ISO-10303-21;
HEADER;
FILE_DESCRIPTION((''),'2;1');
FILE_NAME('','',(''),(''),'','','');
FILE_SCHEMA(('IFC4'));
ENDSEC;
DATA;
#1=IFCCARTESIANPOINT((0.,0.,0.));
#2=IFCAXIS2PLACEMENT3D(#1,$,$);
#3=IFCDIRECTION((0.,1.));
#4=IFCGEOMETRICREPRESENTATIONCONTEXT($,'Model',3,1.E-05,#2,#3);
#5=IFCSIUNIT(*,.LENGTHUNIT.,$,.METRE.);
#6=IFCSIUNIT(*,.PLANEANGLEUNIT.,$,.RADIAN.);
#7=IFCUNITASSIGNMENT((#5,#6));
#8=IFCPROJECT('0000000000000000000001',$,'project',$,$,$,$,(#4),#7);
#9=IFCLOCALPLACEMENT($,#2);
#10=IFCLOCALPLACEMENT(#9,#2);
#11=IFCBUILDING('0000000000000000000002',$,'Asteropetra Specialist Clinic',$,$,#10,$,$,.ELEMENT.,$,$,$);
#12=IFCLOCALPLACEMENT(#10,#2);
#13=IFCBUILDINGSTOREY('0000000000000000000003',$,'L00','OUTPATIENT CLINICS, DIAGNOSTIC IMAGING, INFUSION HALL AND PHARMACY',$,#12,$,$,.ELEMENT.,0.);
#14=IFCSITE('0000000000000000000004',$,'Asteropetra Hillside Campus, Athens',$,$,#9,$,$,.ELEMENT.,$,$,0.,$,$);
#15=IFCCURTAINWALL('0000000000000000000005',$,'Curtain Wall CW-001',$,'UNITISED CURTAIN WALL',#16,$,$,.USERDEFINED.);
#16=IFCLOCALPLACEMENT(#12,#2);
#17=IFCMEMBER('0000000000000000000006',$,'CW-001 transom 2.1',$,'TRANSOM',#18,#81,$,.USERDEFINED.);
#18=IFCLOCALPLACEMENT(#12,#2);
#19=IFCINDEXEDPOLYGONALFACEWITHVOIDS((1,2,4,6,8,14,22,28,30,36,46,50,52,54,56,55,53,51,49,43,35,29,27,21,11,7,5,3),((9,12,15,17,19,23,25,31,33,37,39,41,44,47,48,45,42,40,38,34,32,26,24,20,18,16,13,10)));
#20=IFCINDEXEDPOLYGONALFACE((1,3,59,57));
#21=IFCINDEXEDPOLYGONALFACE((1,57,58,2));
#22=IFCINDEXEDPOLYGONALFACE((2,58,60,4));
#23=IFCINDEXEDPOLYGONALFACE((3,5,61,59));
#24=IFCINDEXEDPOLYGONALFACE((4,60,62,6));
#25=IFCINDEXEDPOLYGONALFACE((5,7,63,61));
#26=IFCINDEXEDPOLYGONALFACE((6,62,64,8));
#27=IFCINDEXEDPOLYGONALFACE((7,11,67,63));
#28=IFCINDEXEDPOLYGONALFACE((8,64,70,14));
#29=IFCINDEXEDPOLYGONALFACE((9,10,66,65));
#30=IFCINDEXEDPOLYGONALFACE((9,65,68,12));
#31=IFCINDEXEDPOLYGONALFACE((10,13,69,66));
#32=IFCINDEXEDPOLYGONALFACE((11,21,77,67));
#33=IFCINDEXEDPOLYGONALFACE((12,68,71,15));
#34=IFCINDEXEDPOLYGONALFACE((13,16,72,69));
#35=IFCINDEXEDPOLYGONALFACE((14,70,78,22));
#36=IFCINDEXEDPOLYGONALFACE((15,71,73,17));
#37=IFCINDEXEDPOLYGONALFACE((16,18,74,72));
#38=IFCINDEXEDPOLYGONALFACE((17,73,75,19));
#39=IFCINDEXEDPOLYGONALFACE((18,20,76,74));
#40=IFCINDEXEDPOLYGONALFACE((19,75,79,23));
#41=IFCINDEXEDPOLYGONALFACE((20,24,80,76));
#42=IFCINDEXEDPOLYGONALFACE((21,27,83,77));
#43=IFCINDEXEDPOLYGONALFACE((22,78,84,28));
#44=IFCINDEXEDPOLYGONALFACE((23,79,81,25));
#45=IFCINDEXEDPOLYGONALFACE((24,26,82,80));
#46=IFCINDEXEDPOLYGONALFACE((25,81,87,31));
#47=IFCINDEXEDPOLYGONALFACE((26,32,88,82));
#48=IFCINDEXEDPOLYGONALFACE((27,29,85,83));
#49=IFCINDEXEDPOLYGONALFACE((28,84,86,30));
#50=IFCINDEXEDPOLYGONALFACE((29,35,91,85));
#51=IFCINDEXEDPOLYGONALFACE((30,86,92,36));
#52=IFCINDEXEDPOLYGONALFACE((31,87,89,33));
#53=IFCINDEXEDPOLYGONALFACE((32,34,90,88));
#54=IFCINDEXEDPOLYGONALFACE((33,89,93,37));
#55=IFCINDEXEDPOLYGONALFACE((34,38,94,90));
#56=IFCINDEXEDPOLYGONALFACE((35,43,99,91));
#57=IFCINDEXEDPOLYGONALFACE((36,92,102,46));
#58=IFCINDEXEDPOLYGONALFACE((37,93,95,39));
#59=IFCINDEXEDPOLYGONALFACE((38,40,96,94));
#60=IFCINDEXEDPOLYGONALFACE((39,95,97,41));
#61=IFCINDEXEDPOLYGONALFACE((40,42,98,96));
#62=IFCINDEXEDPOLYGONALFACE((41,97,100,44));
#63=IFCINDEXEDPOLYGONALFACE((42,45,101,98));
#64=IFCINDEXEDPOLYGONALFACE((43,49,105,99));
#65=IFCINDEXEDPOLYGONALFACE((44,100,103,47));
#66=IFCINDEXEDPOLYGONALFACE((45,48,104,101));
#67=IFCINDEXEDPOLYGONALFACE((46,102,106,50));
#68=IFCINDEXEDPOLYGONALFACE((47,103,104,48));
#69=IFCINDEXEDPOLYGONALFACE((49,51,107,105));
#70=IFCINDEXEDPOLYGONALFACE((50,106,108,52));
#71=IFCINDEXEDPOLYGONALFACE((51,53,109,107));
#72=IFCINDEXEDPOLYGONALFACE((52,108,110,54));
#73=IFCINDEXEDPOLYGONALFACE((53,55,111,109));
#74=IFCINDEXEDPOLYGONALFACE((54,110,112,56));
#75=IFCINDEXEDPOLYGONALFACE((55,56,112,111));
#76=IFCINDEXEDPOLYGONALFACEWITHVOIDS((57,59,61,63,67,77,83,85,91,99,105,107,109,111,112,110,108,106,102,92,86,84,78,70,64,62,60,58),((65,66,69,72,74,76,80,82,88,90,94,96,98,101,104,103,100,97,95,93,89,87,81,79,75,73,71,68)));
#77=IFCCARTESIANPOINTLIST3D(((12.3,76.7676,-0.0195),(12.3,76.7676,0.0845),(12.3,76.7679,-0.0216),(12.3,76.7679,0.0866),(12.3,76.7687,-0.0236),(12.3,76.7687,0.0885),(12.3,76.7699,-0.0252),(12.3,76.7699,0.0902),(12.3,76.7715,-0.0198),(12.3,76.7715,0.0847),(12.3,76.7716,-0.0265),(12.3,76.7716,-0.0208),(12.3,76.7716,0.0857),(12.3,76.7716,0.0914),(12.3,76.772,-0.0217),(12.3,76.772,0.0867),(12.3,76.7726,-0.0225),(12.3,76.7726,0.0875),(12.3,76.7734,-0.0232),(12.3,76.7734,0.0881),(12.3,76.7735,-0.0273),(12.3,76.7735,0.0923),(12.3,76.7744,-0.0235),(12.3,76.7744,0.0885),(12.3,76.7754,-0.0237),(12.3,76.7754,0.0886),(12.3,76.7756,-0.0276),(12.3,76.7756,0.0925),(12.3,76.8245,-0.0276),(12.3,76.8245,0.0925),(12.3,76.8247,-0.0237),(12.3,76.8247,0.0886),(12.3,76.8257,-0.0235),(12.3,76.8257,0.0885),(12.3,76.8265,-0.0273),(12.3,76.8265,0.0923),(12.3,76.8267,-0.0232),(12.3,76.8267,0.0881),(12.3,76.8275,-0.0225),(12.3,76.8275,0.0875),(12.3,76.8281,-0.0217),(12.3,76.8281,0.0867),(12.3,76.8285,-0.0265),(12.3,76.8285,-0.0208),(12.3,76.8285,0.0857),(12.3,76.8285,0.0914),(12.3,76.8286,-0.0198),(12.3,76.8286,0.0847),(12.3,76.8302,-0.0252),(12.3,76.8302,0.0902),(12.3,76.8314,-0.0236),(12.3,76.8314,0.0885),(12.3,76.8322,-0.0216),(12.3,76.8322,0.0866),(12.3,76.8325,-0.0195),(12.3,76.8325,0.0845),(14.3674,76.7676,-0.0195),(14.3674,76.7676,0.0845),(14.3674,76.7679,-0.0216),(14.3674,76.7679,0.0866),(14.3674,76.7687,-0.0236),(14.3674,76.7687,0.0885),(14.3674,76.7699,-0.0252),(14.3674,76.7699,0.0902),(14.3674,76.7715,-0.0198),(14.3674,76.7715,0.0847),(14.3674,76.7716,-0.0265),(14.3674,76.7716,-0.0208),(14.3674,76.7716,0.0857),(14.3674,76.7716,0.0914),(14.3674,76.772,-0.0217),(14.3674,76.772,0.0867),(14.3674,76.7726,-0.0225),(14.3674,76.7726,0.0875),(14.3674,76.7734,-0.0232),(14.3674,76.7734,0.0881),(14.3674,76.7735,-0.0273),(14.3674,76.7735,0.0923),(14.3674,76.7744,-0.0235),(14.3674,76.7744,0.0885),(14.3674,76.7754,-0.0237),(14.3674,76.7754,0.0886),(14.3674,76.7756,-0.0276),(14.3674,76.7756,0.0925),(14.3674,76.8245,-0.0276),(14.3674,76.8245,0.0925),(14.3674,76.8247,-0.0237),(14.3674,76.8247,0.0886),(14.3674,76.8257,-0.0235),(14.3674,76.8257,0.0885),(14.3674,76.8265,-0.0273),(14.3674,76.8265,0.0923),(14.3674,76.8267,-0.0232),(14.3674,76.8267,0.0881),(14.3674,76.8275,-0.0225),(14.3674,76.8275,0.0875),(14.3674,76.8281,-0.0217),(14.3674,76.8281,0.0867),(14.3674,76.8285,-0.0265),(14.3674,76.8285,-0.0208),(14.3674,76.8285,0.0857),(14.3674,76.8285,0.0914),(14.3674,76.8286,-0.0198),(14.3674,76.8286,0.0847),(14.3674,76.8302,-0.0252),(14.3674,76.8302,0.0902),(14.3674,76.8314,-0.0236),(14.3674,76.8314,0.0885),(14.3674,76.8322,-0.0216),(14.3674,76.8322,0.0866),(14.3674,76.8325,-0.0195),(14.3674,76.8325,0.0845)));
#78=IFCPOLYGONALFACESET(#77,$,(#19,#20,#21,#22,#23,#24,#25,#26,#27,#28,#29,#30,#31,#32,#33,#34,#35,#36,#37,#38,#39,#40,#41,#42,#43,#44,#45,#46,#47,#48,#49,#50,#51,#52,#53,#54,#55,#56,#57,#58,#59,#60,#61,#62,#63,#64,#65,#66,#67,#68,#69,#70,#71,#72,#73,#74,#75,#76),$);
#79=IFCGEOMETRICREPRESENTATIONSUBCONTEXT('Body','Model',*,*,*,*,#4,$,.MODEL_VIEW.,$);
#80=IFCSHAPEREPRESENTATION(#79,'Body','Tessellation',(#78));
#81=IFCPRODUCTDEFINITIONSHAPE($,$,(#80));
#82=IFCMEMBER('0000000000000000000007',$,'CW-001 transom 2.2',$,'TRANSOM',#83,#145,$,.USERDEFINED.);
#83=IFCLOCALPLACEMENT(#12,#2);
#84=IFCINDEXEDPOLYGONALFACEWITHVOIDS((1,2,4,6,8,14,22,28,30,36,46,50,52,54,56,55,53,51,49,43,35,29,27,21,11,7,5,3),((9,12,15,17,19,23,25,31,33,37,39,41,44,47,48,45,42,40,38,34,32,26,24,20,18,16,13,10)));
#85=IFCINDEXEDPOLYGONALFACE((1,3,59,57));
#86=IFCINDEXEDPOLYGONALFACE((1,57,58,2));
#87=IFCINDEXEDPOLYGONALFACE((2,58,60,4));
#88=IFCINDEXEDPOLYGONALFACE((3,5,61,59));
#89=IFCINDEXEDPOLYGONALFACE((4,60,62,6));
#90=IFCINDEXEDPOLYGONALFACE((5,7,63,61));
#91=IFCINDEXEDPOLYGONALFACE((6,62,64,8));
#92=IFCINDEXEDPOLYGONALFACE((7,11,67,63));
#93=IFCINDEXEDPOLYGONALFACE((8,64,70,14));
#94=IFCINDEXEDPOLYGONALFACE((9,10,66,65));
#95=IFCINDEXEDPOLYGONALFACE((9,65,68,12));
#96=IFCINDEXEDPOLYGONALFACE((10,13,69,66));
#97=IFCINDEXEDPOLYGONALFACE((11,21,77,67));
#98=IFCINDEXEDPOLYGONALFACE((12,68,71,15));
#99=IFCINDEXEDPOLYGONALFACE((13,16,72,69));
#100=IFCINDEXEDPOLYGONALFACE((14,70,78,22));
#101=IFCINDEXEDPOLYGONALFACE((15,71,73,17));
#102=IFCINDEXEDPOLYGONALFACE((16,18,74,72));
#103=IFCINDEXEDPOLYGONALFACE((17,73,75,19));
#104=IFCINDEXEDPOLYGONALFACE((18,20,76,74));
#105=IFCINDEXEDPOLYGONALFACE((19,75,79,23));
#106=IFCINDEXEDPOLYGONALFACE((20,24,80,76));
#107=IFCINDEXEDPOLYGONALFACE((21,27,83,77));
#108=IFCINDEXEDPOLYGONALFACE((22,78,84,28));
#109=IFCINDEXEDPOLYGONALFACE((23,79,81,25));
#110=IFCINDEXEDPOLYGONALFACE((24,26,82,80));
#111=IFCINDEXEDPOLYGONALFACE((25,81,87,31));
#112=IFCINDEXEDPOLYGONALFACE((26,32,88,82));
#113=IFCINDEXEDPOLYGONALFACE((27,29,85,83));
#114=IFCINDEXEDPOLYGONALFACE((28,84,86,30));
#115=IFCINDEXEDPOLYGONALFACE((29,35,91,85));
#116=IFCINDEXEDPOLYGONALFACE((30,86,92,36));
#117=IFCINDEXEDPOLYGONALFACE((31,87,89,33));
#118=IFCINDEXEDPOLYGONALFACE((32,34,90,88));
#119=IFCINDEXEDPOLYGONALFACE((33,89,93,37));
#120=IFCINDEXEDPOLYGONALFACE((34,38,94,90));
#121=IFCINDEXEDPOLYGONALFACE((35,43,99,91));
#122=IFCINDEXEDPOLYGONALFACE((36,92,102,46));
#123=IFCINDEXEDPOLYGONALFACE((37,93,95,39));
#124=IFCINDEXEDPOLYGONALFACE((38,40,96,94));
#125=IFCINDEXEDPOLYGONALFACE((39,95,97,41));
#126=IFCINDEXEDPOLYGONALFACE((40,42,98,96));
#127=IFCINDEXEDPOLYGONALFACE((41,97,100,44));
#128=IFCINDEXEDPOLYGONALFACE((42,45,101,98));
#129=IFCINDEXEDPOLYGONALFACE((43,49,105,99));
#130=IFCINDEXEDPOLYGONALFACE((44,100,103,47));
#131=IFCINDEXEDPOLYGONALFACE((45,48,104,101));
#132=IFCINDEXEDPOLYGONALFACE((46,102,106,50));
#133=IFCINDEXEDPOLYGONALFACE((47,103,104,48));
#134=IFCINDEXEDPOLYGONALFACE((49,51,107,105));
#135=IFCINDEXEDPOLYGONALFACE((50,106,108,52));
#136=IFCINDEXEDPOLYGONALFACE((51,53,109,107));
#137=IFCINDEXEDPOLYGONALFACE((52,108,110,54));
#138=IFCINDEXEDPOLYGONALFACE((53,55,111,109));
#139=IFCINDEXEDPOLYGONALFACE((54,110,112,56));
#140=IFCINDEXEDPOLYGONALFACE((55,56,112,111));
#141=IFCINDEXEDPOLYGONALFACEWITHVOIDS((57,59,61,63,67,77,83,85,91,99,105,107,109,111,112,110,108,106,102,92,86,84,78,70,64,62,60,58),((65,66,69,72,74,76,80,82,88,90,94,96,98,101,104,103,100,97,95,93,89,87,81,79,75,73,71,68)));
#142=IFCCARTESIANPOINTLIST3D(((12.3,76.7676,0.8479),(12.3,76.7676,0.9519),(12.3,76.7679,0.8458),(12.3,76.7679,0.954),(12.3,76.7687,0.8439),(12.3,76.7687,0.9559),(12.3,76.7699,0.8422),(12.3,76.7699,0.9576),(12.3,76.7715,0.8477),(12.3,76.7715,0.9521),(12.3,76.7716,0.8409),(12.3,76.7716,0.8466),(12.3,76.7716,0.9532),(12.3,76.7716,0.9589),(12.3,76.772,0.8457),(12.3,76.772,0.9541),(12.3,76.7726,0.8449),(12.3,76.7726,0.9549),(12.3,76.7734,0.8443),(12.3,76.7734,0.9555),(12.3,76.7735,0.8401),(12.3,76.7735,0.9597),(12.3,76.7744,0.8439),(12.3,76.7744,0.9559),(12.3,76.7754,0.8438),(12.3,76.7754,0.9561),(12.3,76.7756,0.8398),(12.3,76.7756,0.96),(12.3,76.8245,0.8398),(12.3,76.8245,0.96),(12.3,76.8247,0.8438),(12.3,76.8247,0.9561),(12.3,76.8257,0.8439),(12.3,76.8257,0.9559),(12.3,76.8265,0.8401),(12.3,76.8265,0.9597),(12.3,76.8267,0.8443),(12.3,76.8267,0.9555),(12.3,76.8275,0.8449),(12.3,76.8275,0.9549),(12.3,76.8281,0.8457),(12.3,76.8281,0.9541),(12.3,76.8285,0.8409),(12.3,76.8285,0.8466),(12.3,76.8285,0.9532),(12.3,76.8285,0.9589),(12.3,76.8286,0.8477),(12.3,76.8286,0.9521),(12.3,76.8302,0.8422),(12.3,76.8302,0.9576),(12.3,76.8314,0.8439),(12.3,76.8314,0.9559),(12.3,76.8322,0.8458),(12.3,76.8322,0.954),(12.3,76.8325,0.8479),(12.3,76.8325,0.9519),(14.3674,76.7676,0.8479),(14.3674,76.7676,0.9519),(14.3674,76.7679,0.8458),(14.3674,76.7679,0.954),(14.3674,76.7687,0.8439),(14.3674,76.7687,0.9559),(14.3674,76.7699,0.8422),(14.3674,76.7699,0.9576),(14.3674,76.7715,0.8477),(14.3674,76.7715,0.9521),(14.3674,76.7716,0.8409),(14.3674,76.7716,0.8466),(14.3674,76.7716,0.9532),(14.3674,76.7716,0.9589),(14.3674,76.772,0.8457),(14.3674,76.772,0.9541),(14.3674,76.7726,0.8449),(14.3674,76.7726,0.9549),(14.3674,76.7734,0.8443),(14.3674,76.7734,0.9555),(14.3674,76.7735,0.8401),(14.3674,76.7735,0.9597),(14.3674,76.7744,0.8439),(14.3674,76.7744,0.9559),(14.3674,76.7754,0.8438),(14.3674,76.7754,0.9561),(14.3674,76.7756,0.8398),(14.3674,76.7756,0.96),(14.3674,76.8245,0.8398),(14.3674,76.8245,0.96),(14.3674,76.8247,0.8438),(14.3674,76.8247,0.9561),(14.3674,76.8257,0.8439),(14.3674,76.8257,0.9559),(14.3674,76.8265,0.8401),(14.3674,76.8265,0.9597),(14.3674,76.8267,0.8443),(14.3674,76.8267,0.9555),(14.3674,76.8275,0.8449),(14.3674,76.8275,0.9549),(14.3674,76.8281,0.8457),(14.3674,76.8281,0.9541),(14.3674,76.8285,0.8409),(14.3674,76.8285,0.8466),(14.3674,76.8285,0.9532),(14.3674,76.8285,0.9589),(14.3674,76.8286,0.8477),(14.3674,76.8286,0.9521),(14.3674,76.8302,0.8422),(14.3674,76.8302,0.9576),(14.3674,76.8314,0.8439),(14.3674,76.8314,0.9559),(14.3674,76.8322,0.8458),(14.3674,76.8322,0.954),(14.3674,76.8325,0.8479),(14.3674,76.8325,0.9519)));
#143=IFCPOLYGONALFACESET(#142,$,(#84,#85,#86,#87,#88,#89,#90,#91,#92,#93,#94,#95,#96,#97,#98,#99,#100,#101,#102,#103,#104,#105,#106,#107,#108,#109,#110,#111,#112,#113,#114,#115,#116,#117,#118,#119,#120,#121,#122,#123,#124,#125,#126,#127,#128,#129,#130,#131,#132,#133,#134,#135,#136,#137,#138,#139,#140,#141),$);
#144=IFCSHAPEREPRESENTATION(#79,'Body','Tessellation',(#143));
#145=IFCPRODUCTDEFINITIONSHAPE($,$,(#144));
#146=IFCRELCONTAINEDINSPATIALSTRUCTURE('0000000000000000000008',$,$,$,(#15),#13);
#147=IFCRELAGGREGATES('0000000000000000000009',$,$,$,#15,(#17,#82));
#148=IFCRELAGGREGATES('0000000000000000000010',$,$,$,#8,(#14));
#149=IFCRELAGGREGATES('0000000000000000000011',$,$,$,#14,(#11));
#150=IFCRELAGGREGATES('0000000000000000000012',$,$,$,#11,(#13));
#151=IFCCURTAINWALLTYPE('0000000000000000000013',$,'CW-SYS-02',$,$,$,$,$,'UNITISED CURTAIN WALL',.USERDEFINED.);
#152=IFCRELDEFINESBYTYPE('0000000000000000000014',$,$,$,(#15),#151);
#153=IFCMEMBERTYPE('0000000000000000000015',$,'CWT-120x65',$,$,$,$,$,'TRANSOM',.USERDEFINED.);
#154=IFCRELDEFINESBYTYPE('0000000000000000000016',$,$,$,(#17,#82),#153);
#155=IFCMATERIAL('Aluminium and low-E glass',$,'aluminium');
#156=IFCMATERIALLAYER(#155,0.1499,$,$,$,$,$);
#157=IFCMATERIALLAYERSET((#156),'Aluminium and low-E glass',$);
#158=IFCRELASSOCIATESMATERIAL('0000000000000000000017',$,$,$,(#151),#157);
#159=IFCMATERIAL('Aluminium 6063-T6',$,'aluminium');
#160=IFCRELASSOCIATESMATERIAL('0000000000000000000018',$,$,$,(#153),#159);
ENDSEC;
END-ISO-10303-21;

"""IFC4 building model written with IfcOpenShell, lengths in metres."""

from ifc_helpers import new_model, si_unit, direction, frame, origin, origin_2d, place, context, subcontext, project, spatial, hollow_rectangle, extrude, material, layer, layer_set, material_profile, profile_set, type_object, element, aggregate, save


model = new_model("IFC4")

# Units and contexts
model_context = context("Model", 3, precision=1e-05, world=origin(), true_north=direction((0.0, 1.0)))
body_context = subcontext(model_context, "Body", "Model", "MODEL_VIEW")
ifc_project = project(units=[si_unit("LENGTHUNIT", "METRE"), si_unit("PLANEANGLEUNIT", "RADIAN")], contexts=[model_context])

# Site, building, storey
site_placement = place(None, origin())
site = spatial("IfcSite", under=ifc_project, at=site_placement, Name="Asteropetra Hillside Campus, Athens", CompositionType="ELEMENT", RefElevation=0.0)
building_placement = place(site_placement, origin())
building = spatial("IfcBuilding", under=site, at=building_placement, Name="Asteropetra Specialist Clinic", CompositionType="ELEMENT")
storey_placement = place(building_placement, origin())
storey = spatial("IfcBuildingStorey", under=building, at=storey_placement, Name="L00", Description="OUTPATIENT CLINICS, DIAGNOSTIC IMAGING, INFUSION HALL AND PHARMACY", CompositionType="ELEMENT", Elevation=0.0)

# Curtain wall, members
ifc_material_1 = material(Name="Aluminium and low-E glass", Category="aluminium")
ifc_layer_1 = layer(ifc_material_1, 0.1499)
ifc_layer_set_1 = layer_set([ifc_layer_1], Name="Aluminium and low-E glass")
curtain_wall_type = type_object("IfcCurtainWallType", Name="CW-SYS-02", ElementType="UNITISED CURTAIN WALL", PredefinedType="USERDEFINED", material=ifc_layer_set_1)
curtain_wall_placement = place(storey_placement, origin())
curtain_wall = element("IfcCurtainWall", 1, at=curtain_wall_placement, inside=storey, type_object=curtain_wall_type, Name="Curtain Wall CW-001", ObjectType="UNITISED CURTAIN WALL", PredefinedType="USERDEFINED")
ifc_material_2 = material(Name="Aluminium 6063-T6", Category="aluminium")
ifc_material_profile_1 = material_profile(ifc_material_2, hollow_rectangle(XDim=0.0649, YDim=0.1201, WallThickness=0.0039, InnerFilletRadius=0.0039, OuterFilletRadius=0.0081, at=origin_2d()), Name="TRN 120x65x4.0")
ifc_profile_set_1 = profile_set([ifc_material_profile_1], Name="Aluminium 6063-T6")
member_type_1 = type_object("IfcMemberType", Name="CWT-120x65", ElementType="TRANSOM", PredefinedType="USERDEFINED", material=ifc_profile_set_1)
member_1_placement = place(storey_placement, frame((12.3, 76.8, 0.0325), z_axis=(1.0, 0.0, 0.0), x_axis=(0.0, 1.0, 0.0)))
member_1 = element("IfcMember", 2, at=member_1_placement, type_object=member_type_1, Name="CW-001 transom 2.1", ObjectType="TRANSOM", PredefinedType="USERDEFINED", context=body_context, shape_type="SweptSolid", body=[
    extrude(hollow_rectangle(XDim=0.0649, YDim=0.1201, WallThickness=0.0039, InnerFilletRadius=0.0039, OuterFilletRadius=0.0081, at=origin_2d()), origin(), (0.0, 0.0, 1.0), 2.0674),
])
member_2_placement = place(storey_placement, frame((12.3, 76.8, 0.8999), z_axis=(1.0, 0.0, 0.0), x_axis=(0.0, 1.0, 0.0)))
member_2 = element("IfcMember", 3, at=member_2_placement, type_object=member_type_1, Name="CW-001 transom 2.2", ObjectType="TRANSOM", PredefinedType="USERDEFINED", context=body_context, shape_type="SweptSolid", body=[
    extrude(hollow_rectangle(XDim=0.0649, YDim=0.1201, WallThickness=0.0039, InnerFilletRadius=0.0039, OuterFilletRadius=0.0081, at=origin_2d()), origin(), (0.0, 0.0, 1.0), 2.0674),
])
aggregate(curtain_wall, [member_1, member_2])

save(model, "model.ifc")
